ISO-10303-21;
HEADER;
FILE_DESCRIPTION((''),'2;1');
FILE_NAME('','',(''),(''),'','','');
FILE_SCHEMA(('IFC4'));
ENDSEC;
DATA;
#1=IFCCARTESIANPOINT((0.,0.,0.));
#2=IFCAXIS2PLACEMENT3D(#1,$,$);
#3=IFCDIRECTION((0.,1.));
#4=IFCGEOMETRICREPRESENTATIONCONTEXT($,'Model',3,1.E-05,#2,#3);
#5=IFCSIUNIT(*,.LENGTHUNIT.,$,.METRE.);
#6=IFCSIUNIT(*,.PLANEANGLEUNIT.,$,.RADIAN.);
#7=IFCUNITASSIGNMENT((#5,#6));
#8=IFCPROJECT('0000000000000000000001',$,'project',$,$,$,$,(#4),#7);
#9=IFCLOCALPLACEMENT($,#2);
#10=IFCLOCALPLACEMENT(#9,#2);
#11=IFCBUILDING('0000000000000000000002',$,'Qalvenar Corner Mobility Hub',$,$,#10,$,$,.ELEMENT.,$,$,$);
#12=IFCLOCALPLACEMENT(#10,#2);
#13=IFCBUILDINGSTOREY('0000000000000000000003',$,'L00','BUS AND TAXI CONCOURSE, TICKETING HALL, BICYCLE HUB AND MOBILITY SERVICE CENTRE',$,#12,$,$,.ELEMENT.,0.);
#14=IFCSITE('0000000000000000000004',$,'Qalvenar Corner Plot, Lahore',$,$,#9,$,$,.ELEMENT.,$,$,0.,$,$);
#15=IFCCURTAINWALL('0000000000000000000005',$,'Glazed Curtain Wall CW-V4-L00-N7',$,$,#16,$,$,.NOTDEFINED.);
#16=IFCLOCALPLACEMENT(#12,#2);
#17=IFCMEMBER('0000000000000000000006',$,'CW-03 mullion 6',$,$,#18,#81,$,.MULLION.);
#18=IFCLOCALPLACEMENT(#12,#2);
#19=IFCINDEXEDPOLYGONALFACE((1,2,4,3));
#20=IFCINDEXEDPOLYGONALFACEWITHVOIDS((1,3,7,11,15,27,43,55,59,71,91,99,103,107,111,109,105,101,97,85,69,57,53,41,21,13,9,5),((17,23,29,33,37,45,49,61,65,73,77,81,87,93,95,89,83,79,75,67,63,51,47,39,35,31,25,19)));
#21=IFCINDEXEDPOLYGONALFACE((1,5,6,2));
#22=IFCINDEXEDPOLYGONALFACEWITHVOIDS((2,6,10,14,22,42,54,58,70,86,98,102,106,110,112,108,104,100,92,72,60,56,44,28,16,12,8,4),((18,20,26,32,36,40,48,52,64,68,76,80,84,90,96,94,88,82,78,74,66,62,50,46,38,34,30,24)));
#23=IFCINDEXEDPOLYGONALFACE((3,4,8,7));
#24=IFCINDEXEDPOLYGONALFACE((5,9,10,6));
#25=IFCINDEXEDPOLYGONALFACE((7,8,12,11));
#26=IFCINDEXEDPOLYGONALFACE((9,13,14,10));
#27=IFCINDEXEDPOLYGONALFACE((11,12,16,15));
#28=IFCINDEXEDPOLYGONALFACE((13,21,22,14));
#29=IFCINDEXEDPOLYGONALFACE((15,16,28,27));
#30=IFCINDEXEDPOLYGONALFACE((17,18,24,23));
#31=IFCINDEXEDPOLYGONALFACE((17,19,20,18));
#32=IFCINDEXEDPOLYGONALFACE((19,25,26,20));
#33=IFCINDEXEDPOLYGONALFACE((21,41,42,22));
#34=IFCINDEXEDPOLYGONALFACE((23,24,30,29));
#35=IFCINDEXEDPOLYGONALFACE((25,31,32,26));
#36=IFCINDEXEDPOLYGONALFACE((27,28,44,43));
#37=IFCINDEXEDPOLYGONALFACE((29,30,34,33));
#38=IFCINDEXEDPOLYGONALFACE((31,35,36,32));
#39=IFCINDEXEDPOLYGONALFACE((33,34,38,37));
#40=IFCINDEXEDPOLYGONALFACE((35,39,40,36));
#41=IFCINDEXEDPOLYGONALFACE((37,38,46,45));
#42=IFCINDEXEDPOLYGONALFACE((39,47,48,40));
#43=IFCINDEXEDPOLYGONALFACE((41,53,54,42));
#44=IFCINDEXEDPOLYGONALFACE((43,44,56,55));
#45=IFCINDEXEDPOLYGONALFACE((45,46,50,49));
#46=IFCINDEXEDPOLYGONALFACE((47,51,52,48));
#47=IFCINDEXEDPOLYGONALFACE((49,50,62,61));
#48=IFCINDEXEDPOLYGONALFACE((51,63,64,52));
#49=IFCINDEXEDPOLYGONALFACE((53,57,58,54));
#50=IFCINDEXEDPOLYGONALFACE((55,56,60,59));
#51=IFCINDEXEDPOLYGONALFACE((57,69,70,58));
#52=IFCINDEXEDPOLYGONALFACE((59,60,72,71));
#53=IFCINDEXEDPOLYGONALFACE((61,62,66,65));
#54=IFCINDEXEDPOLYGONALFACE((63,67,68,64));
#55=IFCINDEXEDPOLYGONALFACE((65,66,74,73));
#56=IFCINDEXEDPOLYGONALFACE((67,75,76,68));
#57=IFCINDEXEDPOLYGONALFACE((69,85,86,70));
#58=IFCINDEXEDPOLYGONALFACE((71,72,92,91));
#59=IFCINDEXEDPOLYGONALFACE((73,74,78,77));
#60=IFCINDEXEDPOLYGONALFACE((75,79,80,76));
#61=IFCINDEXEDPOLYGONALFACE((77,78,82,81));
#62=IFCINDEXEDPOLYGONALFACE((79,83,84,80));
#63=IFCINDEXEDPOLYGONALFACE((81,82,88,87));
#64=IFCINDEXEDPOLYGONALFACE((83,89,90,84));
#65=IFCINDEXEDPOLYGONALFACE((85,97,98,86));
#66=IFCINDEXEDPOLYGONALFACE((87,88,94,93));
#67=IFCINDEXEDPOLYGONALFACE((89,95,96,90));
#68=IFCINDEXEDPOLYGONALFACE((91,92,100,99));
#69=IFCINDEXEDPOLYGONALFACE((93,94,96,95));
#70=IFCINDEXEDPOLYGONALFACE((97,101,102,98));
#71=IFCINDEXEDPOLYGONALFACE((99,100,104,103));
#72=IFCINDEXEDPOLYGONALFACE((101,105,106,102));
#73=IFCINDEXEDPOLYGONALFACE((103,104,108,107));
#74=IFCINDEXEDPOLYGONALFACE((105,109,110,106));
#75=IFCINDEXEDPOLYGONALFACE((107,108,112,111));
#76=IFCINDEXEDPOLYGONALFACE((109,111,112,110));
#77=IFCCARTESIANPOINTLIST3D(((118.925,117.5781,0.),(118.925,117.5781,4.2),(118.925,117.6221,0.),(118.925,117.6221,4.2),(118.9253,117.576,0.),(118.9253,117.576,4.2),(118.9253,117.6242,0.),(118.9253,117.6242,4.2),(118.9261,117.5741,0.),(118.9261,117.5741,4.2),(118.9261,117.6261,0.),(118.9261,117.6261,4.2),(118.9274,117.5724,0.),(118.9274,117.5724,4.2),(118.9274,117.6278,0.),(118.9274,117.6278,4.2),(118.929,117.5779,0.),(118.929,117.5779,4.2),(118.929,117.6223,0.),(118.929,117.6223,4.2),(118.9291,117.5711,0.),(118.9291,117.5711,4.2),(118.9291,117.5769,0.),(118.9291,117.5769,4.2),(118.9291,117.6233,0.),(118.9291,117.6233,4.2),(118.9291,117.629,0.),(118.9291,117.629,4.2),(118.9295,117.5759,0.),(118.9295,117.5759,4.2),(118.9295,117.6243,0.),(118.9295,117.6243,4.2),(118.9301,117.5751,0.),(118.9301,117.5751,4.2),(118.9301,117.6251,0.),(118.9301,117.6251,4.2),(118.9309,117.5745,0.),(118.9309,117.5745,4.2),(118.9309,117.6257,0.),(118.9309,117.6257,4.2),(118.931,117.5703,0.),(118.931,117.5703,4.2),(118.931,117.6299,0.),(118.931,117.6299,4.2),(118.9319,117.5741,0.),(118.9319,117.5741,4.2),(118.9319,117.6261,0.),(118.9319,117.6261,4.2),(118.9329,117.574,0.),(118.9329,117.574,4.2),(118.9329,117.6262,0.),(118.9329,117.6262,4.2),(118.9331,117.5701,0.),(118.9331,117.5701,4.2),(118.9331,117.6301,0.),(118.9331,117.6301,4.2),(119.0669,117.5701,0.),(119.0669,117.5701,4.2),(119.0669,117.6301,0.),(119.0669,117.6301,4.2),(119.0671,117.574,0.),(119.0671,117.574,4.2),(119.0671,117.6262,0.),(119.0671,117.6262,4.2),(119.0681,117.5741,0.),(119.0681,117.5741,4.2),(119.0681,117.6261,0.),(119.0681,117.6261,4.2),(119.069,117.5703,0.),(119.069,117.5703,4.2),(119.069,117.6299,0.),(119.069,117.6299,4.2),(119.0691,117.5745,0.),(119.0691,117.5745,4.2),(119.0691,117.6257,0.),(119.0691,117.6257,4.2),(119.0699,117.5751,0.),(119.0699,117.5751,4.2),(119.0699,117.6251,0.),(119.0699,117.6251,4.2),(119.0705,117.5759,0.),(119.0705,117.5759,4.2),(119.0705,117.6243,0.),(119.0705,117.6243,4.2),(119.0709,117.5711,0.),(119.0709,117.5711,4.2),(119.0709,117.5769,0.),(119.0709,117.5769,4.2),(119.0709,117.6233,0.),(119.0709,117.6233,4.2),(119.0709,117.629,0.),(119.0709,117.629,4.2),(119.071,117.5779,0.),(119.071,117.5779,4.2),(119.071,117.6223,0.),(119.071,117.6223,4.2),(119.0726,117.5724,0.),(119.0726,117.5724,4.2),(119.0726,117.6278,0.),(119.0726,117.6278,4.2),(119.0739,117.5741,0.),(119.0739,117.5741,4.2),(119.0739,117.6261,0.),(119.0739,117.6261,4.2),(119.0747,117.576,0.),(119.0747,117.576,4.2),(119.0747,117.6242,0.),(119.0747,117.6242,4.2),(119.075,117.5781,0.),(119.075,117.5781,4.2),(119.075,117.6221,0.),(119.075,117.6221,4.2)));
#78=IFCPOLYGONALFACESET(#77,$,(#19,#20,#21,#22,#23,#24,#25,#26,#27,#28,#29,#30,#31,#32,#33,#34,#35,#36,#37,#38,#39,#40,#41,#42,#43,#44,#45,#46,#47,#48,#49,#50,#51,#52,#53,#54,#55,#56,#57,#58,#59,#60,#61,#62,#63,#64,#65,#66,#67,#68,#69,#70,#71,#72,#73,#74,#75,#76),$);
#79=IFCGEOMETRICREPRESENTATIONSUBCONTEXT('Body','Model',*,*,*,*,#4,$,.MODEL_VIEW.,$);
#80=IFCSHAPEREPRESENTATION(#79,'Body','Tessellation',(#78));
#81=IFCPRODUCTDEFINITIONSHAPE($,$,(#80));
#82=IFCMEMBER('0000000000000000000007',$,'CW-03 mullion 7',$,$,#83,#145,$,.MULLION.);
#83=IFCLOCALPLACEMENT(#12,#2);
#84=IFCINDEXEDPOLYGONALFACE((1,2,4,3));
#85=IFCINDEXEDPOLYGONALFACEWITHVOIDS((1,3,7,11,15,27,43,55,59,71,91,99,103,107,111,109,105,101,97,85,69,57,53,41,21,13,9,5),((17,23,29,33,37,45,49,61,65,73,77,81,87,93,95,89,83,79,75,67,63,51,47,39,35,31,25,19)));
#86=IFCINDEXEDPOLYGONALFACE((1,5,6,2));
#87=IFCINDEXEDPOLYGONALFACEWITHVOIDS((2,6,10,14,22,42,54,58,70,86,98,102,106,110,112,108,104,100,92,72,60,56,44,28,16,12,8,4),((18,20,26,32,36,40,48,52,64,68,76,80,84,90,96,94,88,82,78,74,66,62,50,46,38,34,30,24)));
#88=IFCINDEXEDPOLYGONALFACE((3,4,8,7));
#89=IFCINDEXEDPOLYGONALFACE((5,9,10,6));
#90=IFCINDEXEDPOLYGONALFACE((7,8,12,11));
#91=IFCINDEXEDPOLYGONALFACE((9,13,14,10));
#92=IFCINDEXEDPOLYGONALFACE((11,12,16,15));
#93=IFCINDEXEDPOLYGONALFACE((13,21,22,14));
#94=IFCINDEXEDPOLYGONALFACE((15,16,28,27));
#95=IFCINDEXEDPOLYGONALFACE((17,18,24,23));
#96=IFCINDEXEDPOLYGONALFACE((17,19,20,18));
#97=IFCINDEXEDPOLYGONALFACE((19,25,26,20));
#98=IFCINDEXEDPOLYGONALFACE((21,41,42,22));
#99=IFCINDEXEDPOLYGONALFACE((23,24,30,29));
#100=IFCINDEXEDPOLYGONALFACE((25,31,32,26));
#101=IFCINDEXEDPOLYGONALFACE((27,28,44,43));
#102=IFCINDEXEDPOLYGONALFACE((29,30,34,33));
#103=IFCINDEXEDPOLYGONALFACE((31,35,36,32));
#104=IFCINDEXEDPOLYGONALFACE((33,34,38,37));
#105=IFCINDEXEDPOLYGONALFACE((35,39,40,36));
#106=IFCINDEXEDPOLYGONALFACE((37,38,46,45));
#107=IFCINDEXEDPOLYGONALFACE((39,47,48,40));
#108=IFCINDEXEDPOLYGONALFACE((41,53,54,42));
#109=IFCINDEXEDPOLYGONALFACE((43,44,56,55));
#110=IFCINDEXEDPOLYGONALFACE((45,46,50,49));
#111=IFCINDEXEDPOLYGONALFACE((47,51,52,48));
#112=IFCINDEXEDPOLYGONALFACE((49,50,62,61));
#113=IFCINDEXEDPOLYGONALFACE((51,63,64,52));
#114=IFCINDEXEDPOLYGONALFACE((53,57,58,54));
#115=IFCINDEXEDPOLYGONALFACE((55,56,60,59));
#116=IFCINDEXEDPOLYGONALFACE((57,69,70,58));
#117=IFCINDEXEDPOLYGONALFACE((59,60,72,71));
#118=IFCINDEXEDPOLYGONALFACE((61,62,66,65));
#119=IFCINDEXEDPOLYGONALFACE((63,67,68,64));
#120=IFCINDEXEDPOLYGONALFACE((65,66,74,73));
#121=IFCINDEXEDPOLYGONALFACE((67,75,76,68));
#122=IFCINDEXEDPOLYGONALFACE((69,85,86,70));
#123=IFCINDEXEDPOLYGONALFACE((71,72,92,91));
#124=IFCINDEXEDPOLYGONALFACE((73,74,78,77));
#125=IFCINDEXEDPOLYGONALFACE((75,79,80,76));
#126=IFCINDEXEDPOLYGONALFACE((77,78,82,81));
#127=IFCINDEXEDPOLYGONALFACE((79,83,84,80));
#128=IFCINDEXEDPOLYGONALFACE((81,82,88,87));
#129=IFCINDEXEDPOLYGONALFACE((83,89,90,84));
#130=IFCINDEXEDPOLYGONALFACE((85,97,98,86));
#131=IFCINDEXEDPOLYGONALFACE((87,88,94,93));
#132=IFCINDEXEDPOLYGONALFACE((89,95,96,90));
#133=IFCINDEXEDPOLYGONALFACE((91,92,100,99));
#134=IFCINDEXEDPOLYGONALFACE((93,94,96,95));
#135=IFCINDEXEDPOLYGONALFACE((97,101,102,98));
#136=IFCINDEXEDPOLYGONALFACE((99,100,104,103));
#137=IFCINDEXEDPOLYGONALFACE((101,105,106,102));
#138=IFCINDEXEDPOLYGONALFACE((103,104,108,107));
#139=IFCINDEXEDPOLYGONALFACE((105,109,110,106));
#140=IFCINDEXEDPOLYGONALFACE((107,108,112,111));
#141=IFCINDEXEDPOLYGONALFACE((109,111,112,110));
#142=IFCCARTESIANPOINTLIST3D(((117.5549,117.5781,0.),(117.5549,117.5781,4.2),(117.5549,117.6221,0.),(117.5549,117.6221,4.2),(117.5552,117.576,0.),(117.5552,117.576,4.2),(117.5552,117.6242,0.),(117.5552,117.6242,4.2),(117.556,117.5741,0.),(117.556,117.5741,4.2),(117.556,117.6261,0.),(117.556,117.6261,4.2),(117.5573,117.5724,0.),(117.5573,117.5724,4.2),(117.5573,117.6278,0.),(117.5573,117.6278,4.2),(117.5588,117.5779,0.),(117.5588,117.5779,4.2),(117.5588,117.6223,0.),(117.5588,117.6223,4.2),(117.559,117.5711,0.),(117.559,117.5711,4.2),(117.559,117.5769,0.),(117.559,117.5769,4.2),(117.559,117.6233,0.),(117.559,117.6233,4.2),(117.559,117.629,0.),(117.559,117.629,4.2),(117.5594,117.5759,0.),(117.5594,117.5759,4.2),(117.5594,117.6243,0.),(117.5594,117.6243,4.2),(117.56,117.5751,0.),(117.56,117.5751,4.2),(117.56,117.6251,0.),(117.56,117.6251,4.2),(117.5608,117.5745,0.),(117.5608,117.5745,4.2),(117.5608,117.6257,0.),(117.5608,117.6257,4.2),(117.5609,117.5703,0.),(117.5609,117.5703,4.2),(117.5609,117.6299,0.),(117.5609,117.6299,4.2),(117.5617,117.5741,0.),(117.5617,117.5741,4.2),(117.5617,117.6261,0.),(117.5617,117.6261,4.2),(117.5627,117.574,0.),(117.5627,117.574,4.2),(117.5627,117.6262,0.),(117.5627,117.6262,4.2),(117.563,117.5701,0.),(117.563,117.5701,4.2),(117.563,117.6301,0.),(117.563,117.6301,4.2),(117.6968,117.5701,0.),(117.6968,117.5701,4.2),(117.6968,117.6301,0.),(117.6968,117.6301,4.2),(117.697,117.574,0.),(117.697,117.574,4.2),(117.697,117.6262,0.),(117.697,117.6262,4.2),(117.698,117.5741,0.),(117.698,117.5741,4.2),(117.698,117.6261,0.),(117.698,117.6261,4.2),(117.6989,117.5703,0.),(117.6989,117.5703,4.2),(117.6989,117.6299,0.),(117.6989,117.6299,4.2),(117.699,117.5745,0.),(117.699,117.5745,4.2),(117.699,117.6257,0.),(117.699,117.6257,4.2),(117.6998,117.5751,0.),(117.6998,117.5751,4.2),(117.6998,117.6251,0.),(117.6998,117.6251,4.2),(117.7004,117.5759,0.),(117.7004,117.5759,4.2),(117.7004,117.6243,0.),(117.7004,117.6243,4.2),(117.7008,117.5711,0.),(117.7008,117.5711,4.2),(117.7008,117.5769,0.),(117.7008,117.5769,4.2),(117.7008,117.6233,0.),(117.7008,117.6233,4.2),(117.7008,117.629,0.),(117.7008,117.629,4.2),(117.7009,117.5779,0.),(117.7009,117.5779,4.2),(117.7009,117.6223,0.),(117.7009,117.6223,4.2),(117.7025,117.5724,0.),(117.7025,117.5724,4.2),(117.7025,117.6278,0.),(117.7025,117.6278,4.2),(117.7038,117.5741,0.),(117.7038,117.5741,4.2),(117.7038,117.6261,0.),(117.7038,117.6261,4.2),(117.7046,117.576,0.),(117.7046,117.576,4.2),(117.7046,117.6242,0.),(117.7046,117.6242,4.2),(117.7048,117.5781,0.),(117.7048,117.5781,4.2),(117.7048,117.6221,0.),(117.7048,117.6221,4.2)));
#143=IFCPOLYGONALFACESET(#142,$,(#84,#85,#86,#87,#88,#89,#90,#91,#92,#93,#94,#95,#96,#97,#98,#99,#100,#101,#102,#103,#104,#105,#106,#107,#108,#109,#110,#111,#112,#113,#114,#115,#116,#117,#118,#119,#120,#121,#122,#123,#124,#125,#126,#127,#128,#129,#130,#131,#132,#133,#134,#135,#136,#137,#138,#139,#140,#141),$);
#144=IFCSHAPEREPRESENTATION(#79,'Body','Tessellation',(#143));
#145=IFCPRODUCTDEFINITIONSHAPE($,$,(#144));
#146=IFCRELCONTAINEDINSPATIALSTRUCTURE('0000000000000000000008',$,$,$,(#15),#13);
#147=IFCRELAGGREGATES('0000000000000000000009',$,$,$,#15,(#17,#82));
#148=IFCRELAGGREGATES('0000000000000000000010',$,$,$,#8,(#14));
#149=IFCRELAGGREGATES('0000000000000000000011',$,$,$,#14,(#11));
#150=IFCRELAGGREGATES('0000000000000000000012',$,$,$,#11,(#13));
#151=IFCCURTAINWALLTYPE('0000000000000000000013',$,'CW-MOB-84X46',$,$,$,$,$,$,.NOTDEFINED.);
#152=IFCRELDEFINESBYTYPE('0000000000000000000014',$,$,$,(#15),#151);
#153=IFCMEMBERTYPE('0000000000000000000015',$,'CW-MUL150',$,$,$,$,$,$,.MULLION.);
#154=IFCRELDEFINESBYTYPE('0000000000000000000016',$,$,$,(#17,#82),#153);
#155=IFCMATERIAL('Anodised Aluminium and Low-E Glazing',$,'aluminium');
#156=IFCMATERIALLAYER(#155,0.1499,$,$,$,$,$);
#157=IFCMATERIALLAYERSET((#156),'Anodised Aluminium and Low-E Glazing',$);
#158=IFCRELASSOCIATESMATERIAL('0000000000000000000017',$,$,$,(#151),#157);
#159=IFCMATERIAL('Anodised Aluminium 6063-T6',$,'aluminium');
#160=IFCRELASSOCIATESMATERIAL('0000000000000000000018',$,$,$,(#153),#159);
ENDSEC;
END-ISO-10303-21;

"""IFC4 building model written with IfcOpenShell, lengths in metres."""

from ifc_helpers import new_model, si_unit, direction, frame, origin, origin_2d, place, context, subcontext, project, spatial, hollow_rectangle, extrude, material, layer, layer_set, material_profile, profile_set, type_object, element, aggregate, save


model = new_model("IFC4")

# Units and contexts
model_context = context("Model", 3, precision=1e-05, world=origin(), true_north=direction((0.0, 1.0)))
body_context = subcontext(model_context, "Body", "Model", "MODEL_VIEW")
ifc_project = project(units=[si_unit("LENGTHUNIT", "METRE"), si_unit("PLANEANGLEUNIT", "RADIAN")], contexts=[model_context])

# Site, building, storey
site_placement = place(None, origin())
site = spatial("IfcSite", under=ifc_project, at=site_placement, Name="Qalvenar Corner Plot, Lahore", CompositionType="ELEMENT", RefElevation=0.0)
building_placement = place(site_placement, origin())
building = spatial("IfcBuilding", under=site, at=building_placement, Name="Qalvenar Corner Mobility Hub", CompositionType="ELEMENT")
storey_placement = place(building_placement, origin())
storey = spatial("IfcBuildingStorey", under=building, at=storey_placement, Name="L00", Description="BUS AND TAXI CONCOURSE, TICKETING HALL, BICYCLE HUB AND MOBILITY SERVICE CENTRE", CompositionType="ELEMENT", Elevation=0.0)

# Shared definitions
ifc_material_1 = material(Name="Anodised Aluminium and Low-E Glazing", Category="aluminium")
ifc_layer_1 = layer(ifc_material_1, 0.1499)
ifc_layer_set_1 = layer_set([ifc_layer_1], Name="Anodised Aluminium and Low-E Glazing")
curtain_wall_type = type_object("IfcCurtainWallType", Name="CW-MOB-84X46", PredefinedType="NOTDEFINED", material=ifc_layer_set_1)
ifc_material_2 = material(Name="Anodised Aluminium 6063-T6", Category="aluminium")
ifc_material_profile_1 = material_profile(ifc_material_2, hollow_rectangle(XDim=0.0601, YDim=0.1499, WallThickness=0.0039, InnerFilletRadius=0.0039, OuterFilletRadius=0.0081, at=origin_2d()), Name="RHS150x60x4")
ifc_profile_set_1 = profile_set([ifc_material_profile_1], Name="Anodised Aluminium 6063-T6")
member_type_1 = type_object("IfcMemberType", Name="CW-MUL150", PredefinedType="MULLION", material=ifc_profile_set_1)

# Curtain wall, members
curtain_wall_1_placement = place(storey_placement, origin())
curtain_wall_1 = element("IfcCurtainWall", 1, at=curtain_wall_1_placement, inside=storey, type_object=curtain_wall_type, Name="Glazed Curtain Wall CW-V4-L00-N7", PredefinedType="NOTDEFINED")
member_1_placement = place(storey_placement, frame((119.0, 117.6001, 0.0), z_axis=(0.0, 0.0, 1.0), x_axis=(0.0, -1.0, 0.0)))
member_1 = element("IfcMember", 2, at=member_1_placement, type_object=member_type_1, Name="CW-03 mullion 6", PredefinedType="MULLION", context=body_context, shape_type="SweptSolid", body=[
    extrude(hollow_rectangle(XDim=0.0601, YDim=0.1499, WallThickness=0.0039, InnerFilletRadius=0.0039, OuterFilletRadius=0.0081, at=origin_2d()), origin(), (0.0, 0.0, 1.0), 4.2),
])
member_2_placement = place(storey_placement, frame((117.6299, 117.6001, 0.0), z_axis=(0.0, 0.0, 1.0), x_axis=(0.0, -1.0, 0.0)))
member_2 = element("IfcMember", 3, at=member_2_placement, type_object=member_type_1, Name="CW-03 mullion 7", PredefinedType="MULLION", context=body_context, shape_type="SweptSolid", body=[
    extrude(hollow_rectangle(XDim=0.0601, YDim=0.1499, WallThickness=0.0039, InnerFilletRadius=0.0039, OuterFilletRadius=0.0081, at=origin_2d()), origin(), (0.0, 0.0, 1.0), 4.2),
])
aggregate(curtain_wall_1, [member_1, member_2])

save(model, "model.ifc")
